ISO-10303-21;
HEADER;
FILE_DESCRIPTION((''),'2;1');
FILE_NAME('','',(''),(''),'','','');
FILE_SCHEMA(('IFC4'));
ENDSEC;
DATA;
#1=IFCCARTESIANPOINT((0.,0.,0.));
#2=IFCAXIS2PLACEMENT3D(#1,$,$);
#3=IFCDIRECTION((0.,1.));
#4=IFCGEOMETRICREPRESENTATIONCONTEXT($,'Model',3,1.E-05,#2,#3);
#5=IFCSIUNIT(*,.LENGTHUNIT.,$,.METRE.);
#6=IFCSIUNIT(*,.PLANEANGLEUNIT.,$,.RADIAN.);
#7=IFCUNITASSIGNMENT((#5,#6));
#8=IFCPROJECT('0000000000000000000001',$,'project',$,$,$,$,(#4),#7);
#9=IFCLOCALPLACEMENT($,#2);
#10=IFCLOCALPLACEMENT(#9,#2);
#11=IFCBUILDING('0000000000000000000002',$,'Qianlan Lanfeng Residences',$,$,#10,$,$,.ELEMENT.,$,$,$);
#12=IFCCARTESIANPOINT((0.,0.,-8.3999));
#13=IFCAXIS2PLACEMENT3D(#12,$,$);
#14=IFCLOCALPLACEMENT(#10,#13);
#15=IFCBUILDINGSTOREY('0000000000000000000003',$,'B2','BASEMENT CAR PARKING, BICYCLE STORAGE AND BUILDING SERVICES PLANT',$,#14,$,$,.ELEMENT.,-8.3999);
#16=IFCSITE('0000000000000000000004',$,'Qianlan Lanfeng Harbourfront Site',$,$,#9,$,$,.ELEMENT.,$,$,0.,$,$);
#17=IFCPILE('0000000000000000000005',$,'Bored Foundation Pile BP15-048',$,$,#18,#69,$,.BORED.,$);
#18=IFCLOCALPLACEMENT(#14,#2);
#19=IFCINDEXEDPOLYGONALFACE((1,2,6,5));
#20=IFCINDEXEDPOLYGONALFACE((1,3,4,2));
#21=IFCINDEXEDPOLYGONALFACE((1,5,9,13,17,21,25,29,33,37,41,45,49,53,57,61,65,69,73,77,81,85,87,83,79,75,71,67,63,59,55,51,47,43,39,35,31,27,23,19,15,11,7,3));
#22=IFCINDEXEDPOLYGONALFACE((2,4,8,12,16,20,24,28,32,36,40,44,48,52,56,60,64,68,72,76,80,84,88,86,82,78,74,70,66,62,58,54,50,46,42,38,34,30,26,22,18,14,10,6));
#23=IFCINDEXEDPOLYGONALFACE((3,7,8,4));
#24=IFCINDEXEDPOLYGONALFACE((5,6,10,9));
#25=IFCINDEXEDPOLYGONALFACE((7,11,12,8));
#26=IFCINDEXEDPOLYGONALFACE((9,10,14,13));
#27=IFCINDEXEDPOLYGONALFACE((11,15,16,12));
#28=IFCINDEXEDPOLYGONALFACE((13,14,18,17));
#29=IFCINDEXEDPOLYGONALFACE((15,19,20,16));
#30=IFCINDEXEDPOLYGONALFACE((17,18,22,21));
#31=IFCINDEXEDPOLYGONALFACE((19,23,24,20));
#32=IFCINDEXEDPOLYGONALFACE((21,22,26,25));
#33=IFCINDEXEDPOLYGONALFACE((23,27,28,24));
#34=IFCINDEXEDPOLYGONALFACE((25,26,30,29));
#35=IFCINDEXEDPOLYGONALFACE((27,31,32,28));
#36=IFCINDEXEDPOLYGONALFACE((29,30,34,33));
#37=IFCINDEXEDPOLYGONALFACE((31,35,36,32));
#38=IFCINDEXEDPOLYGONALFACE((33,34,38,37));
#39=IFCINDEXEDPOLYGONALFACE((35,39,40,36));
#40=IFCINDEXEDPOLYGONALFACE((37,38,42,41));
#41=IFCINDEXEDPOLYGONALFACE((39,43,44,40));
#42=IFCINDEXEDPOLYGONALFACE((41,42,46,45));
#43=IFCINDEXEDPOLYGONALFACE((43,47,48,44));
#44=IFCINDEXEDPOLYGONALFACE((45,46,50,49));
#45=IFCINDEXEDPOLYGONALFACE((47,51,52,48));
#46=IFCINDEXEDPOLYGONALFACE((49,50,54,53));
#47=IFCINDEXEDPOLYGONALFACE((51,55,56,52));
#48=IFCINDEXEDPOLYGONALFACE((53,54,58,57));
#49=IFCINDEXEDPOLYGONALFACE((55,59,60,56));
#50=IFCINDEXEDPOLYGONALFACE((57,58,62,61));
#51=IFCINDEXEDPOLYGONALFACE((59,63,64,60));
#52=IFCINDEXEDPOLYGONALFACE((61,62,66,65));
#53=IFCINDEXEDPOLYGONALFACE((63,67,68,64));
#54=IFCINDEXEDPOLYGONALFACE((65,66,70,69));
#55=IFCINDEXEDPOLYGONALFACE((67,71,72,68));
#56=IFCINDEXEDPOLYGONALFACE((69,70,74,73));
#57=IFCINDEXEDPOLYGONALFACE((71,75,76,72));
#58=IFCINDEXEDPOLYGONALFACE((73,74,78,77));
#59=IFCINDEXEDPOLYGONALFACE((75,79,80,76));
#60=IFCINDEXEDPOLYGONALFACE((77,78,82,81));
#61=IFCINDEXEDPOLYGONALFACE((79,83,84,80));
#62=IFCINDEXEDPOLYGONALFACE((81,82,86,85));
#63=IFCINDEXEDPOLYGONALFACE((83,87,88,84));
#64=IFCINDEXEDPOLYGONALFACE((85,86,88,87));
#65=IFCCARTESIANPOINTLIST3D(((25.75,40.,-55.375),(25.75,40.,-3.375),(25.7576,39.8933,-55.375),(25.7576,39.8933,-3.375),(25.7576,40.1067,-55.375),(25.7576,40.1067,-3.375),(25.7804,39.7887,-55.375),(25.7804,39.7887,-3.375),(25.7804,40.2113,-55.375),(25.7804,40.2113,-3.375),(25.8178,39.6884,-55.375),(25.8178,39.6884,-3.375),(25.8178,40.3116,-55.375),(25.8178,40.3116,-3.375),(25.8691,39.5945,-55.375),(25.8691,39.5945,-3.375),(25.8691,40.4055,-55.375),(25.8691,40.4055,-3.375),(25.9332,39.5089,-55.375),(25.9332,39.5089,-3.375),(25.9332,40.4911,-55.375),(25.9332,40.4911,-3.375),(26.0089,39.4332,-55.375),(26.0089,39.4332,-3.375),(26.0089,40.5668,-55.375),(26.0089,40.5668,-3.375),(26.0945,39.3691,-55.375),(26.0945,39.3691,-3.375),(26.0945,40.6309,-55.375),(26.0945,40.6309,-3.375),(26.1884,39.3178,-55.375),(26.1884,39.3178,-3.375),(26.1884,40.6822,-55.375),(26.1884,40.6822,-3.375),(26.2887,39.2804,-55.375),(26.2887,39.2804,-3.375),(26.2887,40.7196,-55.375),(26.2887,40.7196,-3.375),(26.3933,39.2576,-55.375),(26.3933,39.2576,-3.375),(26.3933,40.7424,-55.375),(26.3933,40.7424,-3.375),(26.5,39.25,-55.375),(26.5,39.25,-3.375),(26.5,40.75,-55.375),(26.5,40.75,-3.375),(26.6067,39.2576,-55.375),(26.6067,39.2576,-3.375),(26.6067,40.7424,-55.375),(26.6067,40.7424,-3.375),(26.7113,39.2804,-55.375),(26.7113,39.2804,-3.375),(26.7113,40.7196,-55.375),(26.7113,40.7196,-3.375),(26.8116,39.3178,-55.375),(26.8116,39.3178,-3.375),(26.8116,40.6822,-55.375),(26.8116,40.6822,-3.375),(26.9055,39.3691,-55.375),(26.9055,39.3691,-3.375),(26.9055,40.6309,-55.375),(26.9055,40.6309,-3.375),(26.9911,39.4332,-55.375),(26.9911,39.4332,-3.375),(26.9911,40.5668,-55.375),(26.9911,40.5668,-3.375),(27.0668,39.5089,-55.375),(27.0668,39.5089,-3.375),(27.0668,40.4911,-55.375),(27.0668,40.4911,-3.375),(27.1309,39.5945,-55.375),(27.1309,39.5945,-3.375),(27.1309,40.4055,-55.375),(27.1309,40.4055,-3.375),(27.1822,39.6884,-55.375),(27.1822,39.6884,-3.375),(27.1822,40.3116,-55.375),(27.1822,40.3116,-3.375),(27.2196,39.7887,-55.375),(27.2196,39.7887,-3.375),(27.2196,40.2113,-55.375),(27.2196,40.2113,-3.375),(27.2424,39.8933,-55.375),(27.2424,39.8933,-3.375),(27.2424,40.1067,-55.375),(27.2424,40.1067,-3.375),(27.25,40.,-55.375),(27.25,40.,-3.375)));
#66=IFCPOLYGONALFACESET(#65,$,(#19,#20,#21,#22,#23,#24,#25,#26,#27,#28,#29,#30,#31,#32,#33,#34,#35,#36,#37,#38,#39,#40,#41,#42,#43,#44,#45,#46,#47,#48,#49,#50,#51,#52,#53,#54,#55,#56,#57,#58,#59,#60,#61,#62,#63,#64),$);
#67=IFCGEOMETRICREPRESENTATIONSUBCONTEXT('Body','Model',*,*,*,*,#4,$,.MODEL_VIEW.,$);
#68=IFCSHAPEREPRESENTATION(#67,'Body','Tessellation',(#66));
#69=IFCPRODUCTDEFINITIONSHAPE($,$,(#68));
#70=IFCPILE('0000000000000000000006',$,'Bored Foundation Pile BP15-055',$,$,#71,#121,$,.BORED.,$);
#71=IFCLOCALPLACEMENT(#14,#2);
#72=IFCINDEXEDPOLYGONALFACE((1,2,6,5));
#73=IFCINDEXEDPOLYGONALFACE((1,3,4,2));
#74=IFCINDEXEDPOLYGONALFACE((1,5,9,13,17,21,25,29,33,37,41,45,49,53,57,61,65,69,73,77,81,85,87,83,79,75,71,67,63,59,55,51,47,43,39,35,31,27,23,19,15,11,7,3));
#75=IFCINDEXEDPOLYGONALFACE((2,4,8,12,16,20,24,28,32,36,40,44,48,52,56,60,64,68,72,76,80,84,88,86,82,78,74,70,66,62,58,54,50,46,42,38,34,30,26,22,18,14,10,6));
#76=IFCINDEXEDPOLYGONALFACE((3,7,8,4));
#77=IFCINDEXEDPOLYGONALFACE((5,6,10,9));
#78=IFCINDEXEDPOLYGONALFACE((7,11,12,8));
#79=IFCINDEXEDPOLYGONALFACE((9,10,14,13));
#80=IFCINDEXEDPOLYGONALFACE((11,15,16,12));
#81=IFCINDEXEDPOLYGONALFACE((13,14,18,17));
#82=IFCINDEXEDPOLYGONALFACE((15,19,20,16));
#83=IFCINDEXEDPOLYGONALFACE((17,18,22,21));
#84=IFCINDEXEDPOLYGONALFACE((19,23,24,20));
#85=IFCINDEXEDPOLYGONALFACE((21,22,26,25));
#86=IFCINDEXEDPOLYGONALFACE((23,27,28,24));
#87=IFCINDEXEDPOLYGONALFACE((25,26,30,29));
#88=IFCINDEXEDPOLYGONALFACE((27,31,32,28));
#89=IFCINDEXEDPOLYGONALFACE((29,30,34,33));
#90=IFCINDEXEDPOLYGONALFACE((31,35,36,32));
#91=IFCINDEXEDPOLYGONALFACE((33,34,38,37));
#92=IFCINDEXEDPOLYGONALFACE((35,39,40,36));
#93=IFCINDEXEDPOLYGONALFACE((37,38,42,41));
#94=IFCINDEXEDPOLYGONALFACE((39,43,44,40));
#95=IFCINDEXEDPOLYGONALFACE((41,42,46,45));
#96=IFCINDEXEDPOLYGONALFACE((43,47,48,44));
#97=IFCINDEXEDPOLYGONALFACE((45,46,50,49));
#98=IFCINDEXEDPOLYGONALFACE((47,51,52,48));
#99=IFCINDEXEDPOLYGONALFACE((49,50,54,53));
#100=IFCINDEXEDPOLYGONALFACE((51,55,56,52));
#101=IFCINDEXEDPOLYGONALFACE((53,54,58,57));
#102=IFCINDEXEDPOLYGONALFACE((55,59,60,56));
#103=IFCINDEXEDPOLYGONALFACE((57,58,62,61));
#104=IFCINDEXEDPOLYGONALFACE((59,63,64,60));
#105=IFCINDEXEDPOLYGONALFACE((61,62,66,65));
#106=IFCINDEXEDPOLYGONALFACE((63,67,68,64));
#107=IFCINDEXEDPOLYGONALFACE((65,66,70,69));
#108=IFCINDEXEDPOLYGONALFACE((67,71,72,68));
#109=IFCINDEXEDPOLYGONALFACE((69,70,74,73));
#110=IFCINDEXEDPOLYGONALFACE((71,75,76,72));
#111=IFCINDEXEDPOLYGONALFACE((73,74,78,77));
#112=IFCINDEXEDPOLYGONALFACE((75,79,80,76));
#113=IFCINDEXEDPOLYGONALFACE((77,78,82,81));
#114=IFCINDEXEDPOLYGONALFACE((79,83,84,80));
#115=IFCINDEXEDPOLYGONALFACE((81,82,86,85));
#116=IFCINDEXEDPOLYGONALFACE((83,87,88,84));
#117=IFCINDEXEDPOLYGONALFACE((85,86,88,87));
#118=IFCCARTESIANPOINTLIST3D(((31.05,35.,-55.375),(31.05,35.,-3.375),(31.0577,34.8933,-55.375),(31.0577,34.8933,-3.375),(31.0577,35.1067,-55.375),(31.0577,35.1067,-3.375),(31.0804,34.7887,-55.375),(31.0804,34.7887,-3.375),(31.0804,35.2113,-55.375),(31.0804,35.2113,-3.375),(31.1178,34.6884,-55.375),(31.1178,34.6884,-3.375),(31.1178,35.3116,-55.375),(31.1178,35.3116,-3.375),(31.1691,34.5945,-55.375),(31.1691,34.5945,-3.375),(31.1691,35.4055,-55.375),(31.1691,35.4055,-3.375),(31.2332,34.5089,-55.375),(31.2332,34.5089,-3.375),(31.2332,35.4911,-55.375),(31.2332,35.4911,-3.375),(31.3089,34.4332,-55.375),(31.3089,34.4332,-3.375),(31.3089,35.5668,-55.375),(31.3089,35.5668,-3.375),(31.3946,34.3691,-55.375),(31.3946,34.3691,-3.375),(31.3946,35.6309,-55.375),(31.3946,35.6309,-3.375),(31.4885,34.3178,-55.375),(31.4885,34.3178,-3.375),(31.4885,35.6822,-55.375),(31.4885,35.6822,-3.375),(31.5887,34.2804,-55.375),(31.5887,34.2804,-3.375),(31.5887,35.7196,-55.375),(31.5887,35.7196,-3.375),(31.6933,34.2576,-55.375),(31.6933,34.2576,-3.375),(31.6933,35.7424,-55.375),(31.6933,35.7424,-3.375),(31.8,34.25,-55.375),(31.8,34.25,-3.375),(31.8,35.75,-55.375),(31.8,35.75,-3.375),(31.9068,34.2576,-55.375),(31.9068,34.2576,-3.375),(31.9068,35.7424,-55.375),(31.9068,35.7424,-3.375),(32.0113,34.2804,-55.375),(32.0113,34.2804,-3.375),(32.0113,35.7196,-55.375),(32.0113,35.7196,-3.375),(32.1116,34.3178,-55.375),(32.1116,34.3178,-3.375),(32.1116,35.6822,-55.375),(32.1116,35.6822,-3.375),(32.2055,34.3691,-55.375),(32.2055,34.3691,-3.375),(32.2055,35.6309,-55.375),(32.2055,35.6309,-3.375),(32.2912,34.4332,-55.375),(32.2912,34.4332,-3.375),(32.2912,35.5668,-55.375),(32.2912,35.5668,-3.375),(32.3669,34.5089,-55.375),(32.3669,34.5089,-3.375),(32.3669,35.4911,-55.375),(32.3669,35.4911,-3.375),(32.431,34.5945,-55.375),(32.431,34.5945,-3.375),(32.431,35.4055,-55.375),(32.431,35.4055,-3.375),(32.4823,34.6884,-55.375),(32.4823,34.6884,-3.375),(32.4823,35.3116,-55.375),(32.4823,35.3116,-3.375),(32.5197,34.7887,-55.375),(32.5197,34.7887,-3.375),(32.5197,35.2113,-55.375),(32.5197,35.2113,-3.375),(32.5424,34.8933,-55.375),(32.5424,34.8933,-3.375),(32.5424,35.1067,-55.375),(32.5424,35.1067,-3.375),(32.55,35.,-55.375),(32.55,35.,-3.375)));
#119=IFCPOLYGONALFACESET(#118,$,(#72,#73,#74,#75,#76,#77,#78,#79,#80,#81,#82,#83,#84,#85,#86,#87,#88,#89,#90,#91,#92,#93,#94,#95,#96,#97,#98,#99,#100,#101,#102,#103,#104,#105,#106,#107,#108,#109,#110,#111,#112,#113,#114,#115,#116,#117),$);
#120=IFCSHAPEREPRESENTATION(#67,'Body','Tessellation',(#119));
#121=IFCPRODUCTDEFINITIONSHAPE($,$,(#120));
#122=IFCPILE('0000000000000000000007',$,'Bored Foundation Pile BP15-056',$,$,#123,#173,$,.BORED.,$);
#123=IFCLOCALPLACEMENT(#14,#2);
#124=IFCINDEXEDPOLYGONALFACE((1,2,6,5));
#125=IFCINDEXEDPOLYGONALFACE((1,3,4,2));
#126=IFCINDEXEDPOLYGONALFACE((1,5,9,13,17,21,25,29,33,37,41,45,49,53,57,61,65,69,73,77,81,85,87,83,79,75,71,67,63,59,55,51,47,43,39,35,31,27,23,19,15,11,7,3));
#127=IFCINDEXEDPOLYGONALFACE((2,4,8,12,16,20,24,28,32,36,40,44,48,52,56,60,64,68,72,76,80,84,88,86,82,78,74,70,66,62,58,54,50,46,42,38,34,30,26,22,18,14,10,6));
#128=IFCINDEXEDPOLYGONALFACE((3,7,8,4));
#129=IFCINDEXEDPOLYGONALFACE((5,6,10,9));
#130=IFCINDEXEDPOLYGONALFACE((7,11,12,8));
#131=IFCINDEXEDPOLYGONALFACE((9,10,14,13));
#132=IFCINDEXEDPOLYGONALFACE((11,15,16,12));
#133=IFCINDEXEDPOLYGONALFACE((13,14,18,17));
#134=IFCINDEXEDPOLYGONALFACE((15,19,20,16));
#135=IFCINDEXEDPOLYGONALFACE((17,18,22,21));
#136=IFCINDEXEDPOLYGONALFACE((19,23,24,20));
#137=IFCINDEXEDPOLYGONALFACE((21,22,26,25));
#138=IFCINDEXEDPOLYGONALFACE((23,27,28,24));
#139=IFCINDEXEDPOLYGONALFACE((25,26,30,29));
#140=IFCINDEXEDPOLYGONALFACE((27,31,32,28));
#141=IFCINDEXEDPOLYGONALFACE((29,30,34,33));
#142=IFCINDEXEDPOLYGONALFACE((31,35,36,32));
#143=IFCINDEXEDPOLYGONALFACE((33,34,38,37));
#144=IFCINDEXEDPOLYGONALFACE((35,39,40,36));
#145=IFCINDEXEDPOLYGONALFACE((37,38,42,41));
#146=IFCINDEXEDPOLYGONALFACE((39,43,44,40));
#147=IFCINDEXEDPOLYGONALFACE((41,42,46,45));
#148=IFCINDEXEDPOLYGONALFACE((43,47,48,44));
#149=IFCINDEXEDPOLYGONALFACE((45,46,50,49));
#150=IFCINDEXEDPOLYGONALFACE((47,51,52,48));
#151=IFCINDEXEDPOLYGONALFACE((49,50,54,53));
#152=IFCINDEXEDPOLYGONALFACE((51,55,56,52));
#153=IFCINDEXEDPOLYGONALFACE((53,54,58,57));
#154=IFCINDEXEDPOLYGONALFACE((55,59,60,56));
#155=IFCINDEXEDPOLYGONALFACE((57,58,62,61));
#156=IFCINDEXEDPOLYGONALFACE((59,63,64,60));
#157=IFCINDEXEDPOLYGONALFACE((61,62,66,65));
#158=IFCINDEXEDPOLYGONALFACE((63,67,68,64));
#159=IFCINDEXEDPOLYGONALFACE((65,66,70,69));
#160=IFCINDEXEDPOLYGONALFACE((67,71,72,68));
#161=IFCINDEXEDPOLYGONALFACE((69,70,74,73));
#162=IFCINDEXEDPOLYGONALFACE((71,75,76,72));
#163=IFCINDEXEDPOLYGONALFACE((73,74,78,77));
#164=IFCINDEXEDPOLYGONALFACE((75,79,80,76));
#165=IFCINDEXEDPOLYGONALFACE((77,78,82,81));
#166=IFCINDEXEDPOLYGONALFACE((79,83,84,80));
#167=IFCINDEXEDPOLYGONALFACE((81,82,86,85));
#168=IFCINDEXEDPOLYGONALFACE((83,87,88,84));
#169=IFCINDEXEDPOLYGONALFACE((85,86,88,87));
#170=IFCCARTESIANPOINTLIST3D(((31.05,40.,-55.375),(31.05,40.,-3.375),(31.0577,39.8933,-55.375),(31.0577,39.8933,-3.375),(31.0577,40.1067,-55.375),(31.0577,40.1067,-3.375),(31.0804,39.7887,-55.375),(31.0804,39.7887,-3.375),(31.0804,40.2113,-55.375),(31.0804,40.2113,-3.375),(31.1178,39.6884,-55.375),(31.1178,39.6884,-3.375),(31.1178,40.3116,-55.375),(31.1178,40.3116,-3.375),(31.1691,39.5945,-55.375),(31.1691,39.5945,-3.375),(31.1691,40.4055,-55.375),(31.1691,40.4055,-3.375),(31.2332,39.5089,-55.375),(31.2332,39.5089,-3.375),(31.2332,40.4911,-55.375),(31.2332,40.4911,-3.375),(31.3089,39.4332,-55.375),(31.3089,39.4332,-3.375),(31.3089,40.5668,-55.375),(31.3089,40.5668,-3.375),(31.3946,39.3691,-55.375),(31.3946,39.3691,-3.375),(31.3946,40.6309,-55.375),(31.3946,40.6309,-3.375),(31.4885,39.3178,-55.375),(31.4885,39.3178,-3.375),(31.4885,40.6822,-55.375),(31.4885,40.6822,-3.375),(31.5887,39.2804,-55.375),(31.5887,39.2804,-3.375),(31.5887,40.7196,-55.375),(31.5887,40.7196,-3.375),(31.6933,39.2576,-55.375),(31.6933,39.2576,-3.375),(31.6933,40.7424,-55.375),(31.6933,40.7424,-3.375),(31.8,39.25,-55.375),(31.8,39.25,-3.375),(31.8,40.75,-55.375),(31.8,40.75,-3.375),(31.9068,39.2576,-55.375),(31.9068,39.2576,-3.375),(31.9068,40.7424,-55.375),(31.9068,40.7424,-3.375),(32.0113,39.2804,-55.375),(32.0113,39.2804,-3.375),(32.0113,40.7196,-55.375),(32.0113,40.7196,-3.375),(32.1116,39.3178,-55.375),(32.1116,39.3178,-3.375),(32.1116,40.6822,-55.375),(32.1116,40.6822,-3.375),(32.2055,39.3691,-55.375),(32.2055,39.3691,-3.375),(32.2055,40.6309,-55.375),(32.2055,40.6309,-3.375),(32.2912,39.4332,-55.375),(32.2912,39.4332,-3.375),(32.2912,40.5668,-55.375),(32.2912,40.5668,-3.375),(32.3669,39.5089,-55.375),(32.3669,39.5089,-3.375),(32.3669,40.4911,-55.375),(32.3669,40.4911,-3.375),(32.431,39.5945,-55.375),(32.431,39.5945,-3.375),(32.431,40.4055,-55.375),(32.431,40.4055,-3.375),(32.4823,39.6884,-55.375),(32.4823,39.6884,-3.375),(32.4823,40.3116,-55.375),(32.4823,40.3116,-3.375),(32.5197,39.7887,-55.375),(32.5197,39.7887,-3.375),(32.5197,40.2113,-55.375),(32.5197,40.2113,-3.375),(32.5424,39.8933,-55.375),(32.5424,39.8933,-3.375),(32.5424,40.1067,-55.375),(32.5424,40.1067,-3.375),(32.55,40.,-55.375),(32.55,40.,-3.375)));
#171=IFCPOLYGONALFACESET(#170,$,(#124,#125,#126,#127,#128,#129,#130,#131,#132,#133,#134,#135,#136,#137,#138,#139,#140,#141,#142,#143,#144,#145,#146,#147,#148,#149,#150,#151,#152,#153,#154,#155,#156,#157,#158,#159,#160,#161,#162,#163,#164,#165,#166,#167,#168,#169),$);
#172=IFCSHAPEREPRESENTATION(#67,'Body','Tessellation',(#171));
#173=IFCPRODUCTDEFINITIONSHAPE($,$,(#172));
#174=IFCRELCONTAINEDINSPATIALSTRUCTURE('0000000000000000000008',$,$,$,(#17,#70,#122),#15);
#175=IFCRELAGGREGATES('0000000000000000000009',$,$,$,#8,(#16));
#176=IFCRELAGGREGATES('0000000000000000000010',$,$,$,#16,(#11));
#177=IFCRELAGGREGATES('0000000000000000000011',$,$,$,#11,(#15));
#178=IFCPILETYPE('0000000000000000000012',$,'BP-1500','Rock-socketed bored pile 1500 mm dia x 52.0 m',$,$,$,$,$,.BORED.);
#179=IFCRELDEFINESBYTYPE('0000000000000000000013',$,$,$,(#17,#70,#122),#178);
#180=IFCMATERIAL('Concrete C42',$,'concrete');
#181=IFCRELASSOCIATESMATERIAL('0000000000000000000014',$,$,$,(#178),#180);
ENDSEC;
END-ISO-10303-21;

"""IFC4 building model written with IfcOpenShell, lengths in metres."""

from ifc_helpers import new_model, si_unit, direction, frame, origin, origin_2d, place, context, subcontext, project, spatial, circle, extrude, material, material_profile, profile_set, type_object, element, save


model = new_model("IFC4")

# Units and contexts
model_context = context("Model", 3, precision=1e-05, world=origin(), true_north=direction((0.0, 1.0)))
body_context = subcontext(model_context, "Body", "Model", "MODEL_VIEW")
ifc_project = project(units=[si_unit("LENGTHUNIT", "METRE"), si_unit("PLANEANGLEUNIT", "RADIAN")], contexts=[model_context])

# Site, building, storey
site_placement = place(None, origin())
site = spatial("IfcSite", under=ifc_project, at=site_placement, Name="Qianlan Lanfeng Harbourfront Site", CompositionType="ELEMENT", RefElevation=0.0)
building_placement = place(site_placement, origin())
building = spatial("IfcBuilding", under=site, at=building_placement, Name="Qianlan Lanfeng Residences", CompositionType="ELEMENT")
storey_placement = place(building_placement, frame((0.0, 0.0, -8.3999)))
storey = spatial("IfcBuildingStorey", under=building, at=storey_placement, Name="B2", Description="BASEMENT CAR PARKING, BICYCLE STORAGE AND BUILDING SERVICES PLANT", CompositionType="ELEMENT", Elevation=-8.3999)

# Piles
ifc_material_1 = material(Name="Concrete C42", Category="concrete")
ifc_material_profile_1 = material_profile(ifc_material_1, circle(Radius=0.75, at=origin_2d()), Name="PILE D1500")
ifc_profile_set_1 = profile_set([ifc_material_profile_1], Name="Concrete C42")
pile_type_1 = type_object("IfcPileType", Name="BP-1500", Description="Rock-socketed bored pile 1500 mm dia x 52.0 m", PredefinedType="BORED", material=ifc_profile_set_1)
for number, where, z_axis, x_axis, name in (
    (1, (26.5, 40.0, -3.375), (0.0, 0.0, -1.0), (1.0, 0.0, 0.0), "Bored Foundation Pile BP15-048"),
    (2, (31.8, 35.0, -3.375), (0.0, 0.0, -1.0), (1.0, 0.0, 0.0), "Bored Foundation Pile BP15-055"),
    (3, (31.8, 40.0, -3.375), (0.0, 0.0, -1.0), (1.0, 0.0, 0.0), "Bored Foundation Pile BP15-056"),
):
    element("IfcPile", number, at=place(storey_placement, frame(where, z_axis=z_axis, x_axis=x_axis)), inside=storey, type_object=pile_type_1, Name=name, PredefinedType="BORED", context=body_context, shape_type="SweptSolid", body=[
        extrude(circle(Radius=0.75, at=origin_2d()), origin(), (0.0, 0.0, 1.0), 52.0),
    ])

save(model, "model.ifc")
